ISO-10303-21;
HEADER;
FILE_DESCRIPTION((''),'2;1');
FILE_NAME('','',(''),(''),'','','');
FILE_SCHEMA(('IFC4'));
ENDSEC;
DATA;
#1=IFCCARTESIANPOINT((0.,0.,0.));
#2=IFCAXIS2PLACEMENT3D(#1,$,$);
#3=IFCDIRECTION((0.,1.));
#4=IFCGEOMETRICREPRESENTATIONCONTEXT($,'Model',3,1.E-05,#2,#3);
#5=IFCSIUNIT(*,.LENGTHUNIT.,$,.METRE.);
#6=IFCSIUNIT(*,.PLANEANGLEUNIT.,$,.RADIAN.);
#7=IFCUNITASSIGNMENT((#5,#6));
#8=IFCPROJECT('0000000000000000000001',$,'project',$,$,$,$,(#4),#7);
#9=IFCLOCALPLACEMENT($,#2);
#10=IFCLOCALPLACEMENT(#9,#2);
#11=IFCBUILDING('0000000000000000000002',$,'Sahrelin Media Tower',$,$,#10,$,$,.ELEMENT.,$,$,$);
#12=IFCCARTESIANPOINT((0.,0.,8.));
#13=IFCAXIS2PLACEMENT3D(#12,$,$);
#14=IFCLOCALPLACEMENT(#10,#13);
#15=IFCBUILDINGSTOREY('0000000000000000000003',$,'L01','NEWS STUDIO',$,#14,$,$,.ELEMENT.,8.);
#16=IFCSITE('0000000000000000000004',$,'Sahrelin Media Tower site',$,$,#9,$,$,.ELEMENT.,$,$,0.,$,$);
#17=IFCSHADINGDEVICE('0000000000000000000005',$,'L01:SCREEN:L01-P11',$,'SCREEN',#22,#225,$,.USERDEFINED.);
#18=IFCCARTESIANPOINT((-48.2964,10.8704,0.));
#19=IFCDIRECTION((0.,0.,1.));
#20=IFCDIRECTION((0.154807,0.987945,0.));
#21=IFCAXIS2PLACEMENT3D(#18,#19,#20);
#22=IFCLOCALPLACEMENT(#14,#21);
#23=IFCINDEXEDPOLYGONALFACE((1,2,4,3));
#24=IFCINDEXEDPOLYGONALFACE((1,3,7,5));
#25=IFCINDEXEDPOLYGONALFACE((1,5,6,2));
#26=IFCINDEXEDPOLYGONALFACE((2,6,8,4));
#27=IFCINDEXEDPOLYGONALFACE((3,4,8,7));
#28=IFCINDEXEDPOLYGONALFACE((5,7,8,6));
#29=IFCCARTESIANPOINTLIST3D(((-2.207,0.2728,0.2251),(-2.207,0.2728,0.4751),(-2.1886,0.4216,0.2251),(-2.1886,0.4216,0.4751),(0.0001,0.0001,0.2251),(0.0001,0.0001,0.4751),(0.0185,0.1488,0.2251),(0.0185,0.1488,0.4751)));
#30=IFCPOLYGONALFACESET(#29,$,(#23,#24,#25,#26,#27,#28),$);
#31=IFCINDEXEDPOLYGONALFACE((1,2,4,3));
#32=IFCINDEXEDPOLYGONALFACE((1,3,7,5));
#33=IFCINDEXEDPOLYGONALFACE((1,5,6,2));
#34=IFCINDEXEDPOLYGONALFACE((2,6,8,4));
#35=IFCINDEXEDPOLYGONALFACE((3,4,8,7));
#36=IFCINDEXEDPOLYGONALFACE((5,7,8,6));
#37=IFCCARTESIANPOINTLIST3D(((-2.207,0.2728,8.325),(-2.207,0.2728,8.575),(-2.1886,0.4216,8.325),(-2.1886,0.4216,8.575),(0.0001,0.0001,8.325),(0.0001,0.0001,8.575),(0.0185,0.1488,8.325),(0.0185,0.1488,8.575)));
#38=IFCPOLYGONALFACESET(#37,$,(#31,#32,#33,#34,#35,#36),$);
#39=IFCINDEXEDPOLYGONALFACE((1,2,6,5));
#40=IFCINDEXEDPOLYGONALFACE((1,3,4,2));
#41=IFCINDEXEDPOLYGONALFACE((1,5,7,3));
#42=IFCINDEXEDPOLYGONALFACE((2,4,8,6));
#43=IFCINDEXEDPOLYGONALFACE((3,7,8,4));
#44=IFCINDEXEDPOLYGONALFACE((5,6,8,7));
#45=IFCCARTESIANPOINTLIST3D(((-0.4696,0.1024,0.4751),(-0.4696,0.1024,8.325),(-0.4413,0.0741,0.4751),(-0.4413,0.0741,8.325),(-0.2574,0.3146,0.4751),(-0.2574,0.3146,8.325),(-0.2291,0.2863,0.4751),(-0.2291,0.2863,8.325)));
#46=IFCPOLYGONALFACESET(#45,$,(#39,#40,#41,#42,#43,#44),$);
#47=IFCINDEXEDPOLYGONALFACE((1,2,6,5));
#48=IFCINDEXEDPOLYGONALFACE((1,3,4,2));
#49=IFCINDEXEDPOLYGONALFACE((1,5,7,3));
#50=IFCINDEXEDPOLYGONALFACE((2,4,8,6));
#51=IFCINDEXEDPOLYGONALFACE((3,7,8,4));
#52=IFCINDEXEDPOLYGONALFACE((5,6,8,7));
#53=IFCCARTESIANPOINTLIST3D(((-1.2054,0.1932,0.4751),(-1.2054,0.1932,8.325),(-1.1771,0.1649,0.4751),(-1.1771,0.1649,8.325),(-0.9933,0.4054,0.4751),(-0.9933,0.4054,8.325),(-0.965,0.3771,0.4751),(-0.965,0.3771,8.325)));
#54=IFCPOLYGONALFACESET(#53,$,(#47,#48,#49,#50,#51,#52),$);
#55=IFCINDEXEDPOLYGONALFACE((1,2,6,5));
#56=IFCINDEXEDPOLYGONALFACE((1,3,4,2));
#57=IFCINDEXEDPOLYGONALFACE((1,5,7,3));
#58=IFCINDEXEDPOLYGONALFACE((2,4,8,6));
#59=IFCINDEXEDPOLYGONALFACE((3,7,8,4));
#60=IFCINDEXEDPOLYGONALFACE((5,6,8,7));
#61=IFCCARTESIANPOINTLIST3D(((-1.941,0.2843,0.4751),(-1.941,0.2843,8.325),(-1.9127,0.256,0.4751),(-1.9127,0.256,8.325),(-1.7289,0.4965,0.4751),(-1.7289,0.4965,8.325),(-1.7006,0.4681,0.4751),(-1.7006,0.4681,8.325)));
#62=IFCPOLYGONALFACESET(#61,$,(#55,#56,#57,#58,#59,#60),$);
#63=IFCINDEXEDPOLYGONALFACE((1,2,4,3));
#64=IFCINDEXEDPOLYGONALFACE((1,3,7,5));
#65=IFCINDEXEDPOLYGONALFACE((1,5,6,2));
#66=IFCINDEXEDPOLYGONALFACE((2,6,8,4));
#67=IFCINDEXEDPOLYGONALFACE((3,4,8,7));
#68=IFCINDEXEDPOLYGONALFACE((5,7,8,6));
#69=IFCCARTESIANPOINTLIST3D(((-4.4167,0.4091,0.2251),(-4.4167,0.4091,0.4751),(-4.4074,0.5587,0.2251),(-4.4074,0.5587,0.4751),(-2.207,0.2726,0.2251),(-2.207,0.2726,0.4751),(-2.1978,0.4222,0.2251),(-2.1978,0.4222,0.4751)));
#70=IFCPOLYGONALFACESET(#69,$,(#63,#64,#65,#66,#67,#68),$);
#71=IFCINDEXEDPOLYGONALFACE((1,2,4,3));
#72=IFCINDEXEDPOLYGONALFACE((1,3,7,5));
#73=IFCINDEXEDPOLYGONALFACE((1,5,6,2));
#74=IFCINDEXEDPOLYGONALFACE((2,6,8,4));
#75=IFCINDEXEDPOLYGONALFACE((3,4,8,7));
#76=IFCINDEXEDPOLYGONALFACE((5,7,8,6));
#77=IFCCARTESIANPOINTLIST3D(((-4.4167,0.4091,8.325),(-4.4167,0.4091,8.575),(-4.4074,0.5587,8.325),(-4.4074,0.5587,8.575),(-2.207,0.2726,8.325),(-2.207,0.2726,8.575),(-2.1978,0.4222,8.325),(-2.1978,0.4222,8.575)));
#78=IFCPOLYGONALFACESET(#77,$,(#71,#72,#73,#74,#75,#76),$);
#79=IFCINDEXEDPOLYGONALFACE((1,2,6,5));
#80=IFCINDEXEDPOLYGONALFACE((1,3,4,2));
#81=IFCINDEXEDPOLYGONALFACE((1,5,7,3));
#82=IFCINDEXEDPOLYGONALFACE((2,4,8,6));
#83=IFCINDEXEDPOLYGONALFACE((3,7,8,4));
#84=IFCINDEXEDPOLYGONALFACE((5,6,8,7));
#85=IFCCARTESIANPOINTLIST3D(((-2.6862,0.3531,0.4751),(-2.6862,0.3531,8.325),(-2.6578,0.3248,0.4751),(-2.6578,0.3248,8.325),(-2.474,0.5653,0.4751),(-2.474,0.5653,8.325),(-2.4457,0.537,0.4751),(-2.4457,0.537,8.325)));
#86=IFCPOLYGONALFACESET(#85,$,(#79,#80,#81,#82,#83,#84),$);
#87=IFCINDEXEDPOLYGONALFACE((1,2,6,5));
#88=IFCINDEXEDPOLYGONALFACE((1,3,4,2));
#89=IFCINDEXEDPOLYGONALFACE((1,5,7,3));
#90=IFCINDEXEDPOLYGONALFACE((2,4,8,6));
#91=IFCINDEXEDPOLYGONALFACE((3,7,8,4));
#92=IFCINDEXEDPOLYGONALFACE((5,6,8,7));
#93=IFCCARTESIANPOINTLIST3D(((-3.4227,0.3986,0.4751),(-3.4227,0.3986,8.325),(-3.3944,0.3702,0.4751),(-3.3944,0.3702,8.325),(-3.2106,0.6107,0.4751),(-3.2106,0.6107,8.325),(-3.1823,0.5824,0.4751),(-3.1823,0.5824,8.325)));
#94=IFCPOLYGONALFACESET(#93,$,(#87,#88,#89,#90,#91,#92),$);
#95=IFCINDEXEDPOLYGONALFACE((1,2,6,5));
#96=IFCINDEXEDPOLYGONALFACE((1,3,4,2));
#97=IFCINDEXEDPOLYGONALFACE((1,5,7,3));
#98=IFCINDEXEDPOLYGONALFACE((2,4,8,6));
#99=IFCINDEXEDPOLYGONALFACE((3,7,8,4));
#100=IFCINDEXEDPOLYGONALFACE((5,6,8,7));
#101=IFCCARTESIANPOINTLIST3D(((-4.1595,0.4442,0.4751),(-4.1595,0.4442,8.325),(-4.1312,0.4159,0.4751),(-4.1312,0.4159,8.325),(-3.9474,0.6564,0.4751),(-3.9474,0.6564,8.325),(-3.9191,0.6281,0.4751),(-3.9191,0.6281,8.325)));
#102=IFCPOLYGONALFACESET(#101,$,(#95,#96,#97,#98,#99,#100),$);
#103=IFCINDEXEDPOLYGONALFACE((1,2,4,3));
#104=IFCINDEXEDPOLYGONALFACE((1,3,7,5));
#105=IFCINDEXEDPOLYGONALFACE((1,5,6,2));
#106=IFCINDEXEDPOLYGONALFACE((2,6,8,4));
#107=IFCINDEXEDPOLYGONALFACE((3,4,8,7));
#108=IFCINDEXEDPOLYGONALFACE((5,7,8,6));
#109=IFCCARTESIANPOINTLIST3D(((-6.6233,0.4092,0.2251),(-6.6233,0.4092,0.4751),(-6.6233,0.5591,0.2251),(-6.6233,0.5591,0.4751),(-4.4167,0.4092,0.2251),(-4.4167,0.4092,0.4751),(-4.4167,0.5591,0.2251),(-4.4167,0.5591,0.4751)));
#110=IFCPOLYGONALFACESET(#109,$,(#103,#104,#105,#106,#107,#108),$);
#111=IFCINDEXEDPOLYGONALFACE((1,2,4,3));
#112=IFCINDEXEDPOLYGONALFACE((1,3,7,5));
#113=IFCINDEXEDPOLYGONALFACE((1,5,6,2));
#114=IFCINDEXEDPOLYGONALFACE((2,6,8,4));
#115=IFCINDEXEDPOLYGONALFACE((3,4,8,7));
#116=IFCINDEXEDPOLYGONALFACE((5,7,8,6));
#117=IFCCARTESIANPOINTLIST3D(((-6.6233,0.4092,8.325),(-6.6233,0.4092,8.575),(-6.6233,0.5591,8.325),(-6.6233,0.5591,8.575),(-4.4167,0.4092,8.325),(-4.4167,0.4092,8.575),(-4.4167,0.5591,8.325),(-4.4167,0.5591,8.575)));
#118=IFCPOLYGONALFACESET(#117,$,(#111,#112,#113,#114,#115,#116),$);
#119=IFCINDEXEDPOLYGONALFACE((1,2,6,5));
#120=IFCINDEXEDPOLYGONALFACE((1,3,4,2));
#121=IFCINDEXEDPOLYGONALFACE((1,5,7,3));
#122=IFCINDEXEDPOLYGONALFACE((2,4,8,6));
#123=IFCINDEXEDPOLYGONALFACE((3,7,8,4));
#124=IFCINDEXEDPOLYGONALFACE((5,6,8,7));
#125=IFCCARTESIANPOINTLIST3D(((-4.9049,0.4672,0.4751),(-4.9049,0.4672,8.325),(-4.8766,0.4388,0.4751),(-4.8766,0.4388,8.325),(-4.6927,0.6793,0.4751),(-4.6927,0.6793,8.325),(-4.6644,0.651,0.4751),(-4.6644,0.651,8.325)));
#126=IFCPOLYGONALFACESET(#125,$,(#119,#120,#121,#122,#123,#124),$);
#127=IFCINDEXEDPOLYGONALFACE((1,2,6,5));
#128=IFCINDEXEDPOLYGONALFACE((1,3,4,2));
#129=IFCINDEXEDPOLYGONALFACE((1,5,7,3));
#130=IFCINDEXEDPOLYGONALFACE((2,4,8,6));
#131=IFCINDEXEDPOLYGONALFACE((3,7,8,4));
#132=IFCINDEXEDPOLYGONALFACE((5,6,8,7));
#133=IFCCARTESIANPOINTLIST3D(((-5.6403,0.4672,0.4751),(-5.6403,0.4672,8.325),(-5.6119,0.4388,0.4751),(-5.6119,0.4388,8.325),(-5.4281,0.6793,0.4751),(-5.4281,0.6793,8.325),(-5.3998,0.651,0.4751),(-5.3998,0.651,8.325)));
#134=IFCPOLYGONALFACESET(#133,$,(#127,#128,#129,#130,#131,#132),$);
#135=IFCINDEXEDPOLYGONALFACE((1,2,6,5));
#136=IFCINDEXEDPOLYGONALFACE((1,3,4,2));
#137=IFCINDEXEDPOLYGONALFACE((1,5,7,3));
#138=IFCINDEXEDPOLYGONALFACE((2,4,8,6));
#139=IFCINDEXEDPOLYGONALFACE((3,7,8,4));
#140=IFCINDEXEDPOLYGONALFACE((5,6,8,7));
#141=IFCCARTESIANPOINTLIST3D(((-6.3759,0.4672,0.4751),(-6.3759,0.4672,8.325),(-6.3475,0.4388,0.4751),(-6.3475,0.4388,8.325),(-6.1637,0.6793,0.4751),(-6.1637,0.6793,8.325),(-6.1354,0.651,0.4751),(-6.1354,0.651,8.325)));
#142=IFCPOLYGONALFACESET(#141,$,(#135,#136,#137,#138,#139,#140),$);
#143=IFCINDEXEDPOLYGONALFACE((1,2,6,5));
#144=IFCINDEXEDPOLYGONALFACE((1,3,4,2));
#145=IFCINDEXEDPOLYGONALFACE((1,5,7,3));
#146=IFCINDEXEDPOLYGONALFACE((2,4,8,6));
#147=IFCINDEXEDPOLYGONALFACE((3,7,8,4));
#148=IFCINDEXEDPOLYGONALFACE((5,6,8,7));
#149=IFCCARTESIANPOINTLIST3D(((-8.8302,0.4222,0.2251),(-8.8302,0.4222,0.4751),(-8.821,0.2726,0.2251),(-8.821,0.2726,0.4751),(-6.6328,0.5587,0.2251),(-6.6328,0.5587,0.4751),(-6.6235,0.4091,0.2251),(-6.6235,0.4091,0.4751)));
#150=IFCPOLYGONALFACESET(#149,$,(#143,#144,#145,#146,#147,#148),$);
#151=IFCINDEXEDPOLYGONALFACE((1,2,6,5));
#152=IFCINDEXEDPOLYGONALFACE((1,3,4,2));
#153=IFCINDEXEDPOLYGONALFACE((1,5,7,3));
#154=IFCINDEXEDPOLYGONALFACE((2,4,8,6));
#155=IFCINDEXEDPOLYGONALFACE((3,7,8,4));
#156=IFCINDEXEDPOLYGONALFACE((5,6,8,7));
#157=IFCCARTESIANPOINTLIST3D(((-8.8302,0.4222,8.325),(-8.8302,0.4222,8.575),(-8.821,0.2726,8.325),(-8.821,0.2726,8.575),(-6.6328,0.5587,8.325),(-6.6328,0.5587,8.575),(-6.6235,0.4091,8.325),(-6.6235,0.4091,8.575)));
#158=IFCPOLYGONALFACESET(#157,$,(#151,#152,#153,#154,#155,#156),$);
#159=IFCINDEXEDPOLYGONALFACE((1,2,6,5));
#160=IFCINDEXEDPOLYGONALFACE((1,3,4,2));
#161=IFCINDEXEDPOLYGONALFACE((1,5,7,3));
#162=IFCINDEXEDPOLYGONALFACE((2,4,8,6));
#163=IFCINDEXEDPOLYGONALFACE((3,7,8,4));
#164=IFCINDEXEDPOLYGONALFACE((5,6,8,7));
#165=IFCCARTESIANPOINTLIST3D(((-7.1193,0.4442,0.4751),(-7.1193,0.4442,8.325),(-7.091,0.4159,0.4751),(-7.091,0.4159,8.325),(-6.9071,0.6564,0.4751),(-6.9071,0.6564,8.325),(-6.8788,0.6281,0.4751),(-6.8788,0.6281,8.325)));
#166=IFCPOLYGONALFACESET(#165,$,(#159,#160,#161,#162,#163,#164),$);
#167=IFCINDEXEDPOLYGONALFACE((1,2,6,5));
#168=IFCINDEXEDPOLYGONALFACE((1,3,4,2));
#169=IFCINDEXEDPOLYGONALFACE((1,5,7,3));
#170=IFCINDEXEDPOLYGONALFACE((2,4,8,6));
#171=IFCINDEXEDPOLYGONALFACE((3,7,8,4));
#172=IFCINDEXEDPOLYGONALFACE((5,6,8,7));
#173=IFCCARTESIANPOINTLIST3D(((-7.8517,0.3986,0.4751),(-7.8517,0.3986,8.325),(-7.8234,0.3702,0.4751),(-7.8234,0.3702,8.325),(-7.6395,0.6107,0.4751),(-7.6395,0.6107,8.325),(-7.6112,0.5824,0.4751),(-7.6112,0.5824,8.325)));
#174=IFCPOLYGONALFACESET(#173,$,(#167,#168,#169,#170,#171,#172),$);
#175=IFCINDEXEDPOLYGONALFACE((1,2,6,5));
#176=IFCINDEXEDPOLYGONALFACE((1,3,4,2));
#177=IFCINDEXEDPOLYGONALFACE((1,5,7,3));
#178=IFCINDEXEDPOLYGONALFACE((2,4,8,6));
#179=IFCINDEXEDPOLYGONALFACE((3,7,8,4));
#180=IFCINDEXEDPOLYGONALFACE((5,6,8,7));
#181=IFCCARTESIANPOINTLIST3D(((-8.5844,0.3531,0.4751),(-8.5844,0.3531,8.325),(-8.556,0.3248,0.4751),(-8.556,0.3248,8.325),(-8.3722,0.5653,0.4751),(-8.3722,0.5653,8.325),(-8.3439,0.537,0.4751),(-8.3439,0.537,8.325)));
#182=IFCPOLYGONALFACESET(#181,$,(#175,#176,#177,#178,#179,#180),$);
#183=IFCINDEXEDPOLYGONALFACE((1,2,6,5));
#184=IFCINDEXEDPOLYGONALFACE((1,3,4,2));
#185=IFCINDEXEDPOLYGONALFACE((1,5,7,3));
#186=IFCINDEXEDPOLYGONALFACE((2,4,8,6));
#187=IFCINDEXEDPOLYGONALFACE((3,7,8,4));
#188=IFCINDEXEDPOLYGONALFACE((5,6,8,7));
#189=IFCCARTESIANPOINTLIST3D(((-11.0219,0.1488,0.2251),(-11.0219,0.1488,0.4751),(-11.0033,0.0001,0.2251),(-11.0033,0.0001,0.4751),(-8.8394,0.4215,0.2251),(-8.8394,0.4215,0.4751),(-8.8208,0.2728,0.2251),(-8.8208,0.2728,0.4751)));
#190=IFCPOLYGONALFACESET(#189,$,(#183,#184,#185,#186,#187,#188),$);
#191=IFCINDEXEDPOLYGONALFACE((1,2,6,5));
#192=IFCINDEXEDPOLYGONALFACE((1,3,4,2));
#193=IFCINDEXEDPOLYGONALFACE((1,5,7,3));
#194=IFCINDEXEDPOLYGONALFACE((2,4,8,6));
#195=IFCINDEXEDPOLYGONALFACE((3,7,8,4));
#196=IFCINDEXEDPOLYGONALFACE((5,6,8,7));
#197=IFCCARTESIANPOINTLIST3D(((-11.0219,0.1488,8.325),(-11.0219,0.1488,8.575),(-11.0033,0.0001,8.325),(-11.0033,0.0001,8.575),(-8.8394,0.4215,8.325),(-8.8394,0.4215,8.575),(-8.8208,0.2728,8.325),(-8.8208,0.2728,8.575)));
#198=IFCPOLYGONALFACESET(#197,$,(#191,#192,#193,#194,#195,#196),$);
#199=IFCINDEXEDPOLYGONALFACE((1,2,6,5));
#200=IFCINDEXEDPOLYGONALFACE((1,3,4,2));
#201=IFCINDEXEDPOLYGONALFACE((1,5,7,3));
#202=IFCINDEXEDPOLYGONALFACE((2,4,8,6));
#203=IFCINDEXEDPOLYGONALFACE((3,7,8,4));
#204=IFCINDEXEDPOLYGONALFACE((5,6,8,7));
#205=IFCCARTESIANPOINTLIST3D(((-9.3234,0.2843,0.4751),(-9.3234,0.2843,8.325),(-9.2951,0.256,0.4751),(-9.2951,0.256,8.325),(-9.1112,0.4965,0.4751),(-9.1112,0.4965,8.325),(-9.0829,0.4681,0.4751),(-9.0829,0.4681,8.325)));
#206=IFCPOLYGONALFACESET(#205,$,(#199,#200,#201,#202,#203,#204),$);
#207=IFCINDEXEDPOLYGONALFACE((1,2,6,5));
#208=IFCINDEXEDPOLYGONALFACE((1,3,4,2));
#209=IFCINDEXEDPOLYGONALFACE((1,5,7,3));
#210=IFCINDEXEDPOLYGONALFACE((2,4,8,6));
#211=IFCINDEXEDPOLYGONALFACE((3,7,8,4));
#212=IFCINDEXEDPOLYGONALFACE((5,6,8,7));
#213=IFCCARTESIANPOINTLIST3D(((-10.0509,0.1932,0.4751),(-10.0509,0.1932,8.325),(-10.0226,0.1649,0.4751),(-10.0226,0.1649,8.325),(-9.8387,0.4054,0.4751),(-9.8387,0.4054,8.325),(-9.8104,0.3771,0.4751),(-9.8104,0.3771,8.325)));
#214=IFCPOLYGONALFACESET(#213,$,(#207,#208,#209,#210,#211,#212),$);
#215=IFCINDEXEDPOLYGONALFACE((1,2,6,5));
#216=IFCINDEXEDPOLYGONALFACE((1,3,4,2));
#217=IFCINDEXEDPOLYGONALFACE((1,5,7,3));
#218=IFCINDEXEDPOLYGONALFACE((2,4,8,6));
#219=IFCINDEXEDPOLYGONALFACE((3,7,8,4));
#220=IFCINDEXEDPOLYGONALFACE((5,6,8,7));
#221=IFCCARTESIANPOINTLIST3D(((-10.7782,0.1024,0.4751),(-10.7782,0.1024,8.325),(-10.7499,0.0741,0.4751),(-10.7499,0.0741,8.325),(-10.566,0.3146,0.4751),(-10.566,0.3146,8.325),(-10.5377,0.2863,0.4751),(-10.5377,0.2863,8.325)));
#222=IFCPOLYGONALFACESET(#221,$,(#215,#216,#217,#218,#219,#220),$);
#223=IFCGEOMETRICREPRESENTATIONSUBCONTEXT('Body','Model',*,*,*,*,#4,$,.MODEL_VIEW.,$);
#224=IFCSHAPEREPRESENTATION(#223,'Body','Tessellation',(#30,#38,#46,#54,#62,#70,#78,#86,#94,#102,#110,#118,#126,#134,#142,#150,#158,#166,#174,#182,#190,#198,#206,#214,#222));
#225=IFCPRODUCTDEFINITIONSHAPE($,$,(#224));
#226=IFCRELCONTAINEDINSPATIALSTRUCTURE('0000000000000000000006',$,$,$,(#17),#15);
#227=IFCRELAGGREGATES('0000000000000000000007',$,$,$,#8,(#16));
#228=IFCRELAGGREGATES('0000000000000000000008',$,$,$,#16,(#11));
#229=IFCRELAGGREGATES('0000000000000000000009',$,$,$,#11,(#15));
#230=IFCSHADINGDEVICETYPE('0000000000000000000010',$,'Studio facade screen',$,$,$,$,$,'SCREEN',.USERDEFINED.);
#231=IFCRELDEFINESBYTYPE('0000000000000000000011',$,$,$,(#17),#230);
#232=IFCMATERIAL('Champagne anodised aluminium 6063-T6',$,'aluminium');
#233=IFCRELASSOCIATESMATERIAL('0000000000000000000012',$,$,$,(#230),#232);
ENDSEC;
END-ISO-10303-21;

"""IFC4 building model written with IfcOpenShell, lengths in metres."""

from ifc_helpers import new_model, si_unit, direction, frame, origin, origin_2d, place, context, subcontext, project, spatial, rectangle, extrude, material, type_object, element, save


model = new_model("IFC4")

# Units and contexts
model_context = context("Model", 3, precision=1e-05, world=origin(), true_north=direction((0.0, 1.0)))
body_context = subcontext(model_context, "Body", "Model", "MODEL_VIEW")
ifc_project = project(units=[si_unit("LENGTHUNIT", "METRE"), si_unit("PLANEANGLEUNIT", "RADIAN")], contexts=[model_context])

# Site, building, storey
site_placement = place(None, origin())
site = spatial("IfcSite", under=ifc_project, at=site_placement, Name="Sahrelin Media Tower site", CompositionType="ELEMENT", RefElevation=0.0)
building_placement = place(site_placement, origin())
building = spatial("IfcBuilding", under=site, at=building_placement, Name="Sahrelin Media Tower", CompositionType="ELEMENT")
storey_placement = place(building_placement, frame((0.0, 0.0, 8.0)))
storey = spatial("IfcBuildingStorey", under=building, at=storey_placement, Name="L01", Description="NEWS STUDIO", CompositionType="ELEMENT", Elevation=8.0)

# Shading device
ifc_material_1 = material(Name="Champagne anodised aluminium 6063-T6", Category="aluminium")
shading_device_type = type_object("IfcShadingDeviceType", Name="Studio facade screen", ElementType="SCREEN", PredefinedType="USERDEFINED", material=ifc_material_1)
shading_device_placement = place(storey_placement, frame((-48.2964, 10.8704, 0.0), z_axis=(0.0, 0.0, 1.0), x_axis=(0.154807, 0.987945, 0.0)))
element("IfcShadingDevice", 1, at=shading_device_placement, inside=storey, type_object=shading_device_type, Name="L01:SCREEN:L01-P11", ObjectType="SCREEN", PredefinedType="USERDEFINED", context=body_context, shape_type="SweptSolid", body=[
    extrude(rectangle(XDim=0.1499, YDim=0.25, at=origin_2d()), frame((0.0093, 0.0745, 0.3501), z_axis=(-0.992453, 0.122629, 0.0), x_axis=(-0.122629, -0.992453, 0.0)), (0.0, 0.0, 1.0), 2.2239),
    extrude(rectangle(XDim=0.1499, YDim=0.25, at=origin_2d()), frame((0.0093, 0.0745, 8.45), z_axis=(-0.992453, 0.122629, 0.0), x_axis=(-0.122629, -0.992453, 0.0)), (0.0, 0.0, 1.0), 2.2239),
    extrude(rectangle(XDim=0.3, YDim=0.04, at=origin_2d()), frame((-0.3494, 0.1943, 0.4751), z_axis=(0.0, 0.0, 1.0), x_axis=(0.707107, 0.707107, 0.0)), (0.0, 0.0, 1.0), 7.8499),
    extrude(rectangle(XDim=0.3, YDim=0.04, at=origin_2d()), frame((-1.0852, 0.2852, 0.4751), z_axis=(0.0, 0.0, 1.0), x_axis=(0.707107, 0.707107, 0.0)), (0.0, 0.0, 1.0), 7.8499),
    extrude(rectangle(XDim=0.3, YDim=0.04, at=origin_2d()), frame((-1.8208, 0.3762, 0.4751), z_axis=(0.0, 0.0, 1.0), x_axis=(0.707107, 0.707107, 0.0)), (0.0, 0.0, 1.0), 7.8499),
    extrude(rectangle(XDim=0.1499, YDim=0.25, at=origin_2d()), frame((-2.2024, 0.3474, 0.3501), z_axis=(-0.998098, 0.061644, 0.0), x_axis=(-0.061644, -0.998098, 0.0)), (0.0, 0.0, 1.0), 2.2139),
    extrude(rectangle(XDim=0.1499, YDim=0.25, at=origin_2d()), frame((-2.2024, 0.3474, 8.45), z_axis=(-0.998098, 0.061644, 0.0), x_axis=(-0.061644, -0.998098, 0.0)), (0.0, 0.0, 1.0), 2.2139),
    extrude(rectangle(XDim=0.3, YDim=0.04, at=origin_2d()), frame((-2.5659, 0.4451, 0.4751), z_axis=(0.0, 0.0, 1.0), x_axis=(0.707107, 0.707107, 0.0)), (0.0, 0.0, 1.0), 7.8499),
    extrude(rectangle(XDim=0.3, YDim=0.04, at=origin_2d()), frame((-3.3025, 0.4905, 0.4751), z_axis=(0.0, 0.0, 1.0), x_axis=(0.707107, 0.707107, 0.0)), (0.0, 0.0, 1.0), 7.8499),
    extrude(rectangle(XDim=0.3, YDim=0.04, at=origin_2d()), frame((-4.0393, 0.5361, 0.4751), z_axis=(0.0, 0.0, 1.0), x_axis=(0.707107, 0.707107, 0.0)), (0.0, 0.0, 1.0), 7.8499),
    extrude(rectangle(XDim=0.1499, YDim=0.25, at=origin_2d()), frame((-4.4167, 0.4841, 0.3501), z_axis=(-1.0, 0.0, 0.0), x_axis=(0.0, -1.0, 0.0)), (0.0, 0.0, 1.0), 2.2065),
    extrude(rectangle(XDim=0.1499, YDim=0.25, at=origin_2d()), frame((-4.4167, 0.4841, 8.45), z_axis=(-1.0, 0.0, 0.0), x_axis=(0.0, -1.0, 0.0)), (0.0, 0.0, 1.0), 2.2065),
    extrude(rectangle(XDim=0.3, YDim=0.04, at=origin_2d()), frame((-4.7847, 0.5591, 0.4751), z_axis=(0.0, 0.0, 1.0), x_axis=(0.707107, 0.707107, 0.0)), (0.0, 0.0, 1.0), 7.8499),
    extrude(rectangle(XDim=0.3, YDim=0.04, at=origin_2d()), frame((-5.52, 0.5591, 0.4751), z_axis=(0.0, 0.0, 1.0), x_axis=(0.707107, 0.707107, 0.0)), (0.0, 0.0, 1.0), 7.8499),
    extrude(rectangle(XDim=0.3, YDim=0.04, at=origin_2d()), frame((-6.2556, 0.5591, 0.4751), z_axis=(0.0, 0.0, 1.0), x_axis=(0.707107, 0.707107, 0.0)), (0.0, 0.0, 1.0), 7.8499),
    extrude(rectangle(XDim=0.1499, YDim=0.25, at=origin_2d()), frame((-6.6282, 0.4839, 0.3501), z_axis=(-0.998077, -0.061985, 0.0), x_axis=(0.061985, -0.998077, 0.0)), (0.0, 0.0, 1.0), 2.2017),
    extrude(rectangle(XDim=0.1499, YDim=0.25, at=origin_2d()), frame((-6.6282, 0.4839, 8.45), z_axis=(-0.998077, -0.061985, 0.0), x_axis=(0.061985, -0.998077, 0.0)), (0.0, 0.0, 1.0), 2.2017),
    extrude(rectangle(XDim=0.3, YDim=0.04, at=origin_2d()), frame((-6.999, 0.5361, 0.4751), z_axis=(0.0, 0.0, 1.0), x_axis=(0.707107, 0.707107, 0.0)), (0.0, 0.0, 1.0), 7.8499),
    extrude(rectangle(XDim=0.3, YDim=0.04, at=origin_2d()), frame((-7.7314, 0.4905, 0.4751), z_axis=(0.0, 0.0, 1.0), x_axis=(0.707107, 0.707107, 0.0)), (0.0, 0.0, 1.0), 7.8499),
    extrude(rectangle(XDim=0.3, YDim=0.04, at=origin_2d()), frame((-8.4641, 0.4451, 0.4751), z_axis=(0.0, 0.0, 1.0), x_axis=(0.707107, 0.707107, 0.0)), (0.0, 0.0, 1.0), 7.8499),
    extrude(rectangle(XDim=0.1499, YDim=0.25, at=origin_2d()), frame((-8.8301, 0.3472, 0.3501), z_axis=(-0.992283, -0.123994, 0.0), x_axis=(0.123994, -0.992283, 0.0)), (0.0, 0.0, 1.0), 2.1995),
    extrude(rectangle(XDim=0.1499, YDim=0.25, at=origin_2d()), frame((-8.8301, 0.3472, 8.45), z_axis=(-0.992283, -0.123994, 0.0), x_axis=(0.123994, -0.992283, 0.0)), (0.0, 0.0, 1.0), 2.1995),
    extrude(rectangle(XDim=0.3, YDim=0.04, at=origin_2d()), frame((-9.2031, 0.3762, 0.4751), z_axis=(0.0, 0.0, 1.0), x_axis=(0.707107, 0.707107, 0.0)), (0.0, 0.0, 1.0), 7.8499),
    extrude(rectangle(XDim=0.3, YDim=0.04, at=origin_2d()), frame((-9.9307, 0.2852, 0.4751), z_axis=(0.0, 0.0, 1.0), x_axis=(0.707107, 0.707107, 0.0)), (0.0, 0.0, 1.0), 7.8499),
    extrude(rectangle(XDim=0.3, YDim=0.04, at=origin_2d()), frame((-10.658, 0.1943, 0.4751), z_axis=(0.0, 0.0, 1.0), x_axis=(0.707107, 0.707107, 0.0)), (0.0, 0.0, 1.0), 7.8499),
])

save(model, "model.ifc")
